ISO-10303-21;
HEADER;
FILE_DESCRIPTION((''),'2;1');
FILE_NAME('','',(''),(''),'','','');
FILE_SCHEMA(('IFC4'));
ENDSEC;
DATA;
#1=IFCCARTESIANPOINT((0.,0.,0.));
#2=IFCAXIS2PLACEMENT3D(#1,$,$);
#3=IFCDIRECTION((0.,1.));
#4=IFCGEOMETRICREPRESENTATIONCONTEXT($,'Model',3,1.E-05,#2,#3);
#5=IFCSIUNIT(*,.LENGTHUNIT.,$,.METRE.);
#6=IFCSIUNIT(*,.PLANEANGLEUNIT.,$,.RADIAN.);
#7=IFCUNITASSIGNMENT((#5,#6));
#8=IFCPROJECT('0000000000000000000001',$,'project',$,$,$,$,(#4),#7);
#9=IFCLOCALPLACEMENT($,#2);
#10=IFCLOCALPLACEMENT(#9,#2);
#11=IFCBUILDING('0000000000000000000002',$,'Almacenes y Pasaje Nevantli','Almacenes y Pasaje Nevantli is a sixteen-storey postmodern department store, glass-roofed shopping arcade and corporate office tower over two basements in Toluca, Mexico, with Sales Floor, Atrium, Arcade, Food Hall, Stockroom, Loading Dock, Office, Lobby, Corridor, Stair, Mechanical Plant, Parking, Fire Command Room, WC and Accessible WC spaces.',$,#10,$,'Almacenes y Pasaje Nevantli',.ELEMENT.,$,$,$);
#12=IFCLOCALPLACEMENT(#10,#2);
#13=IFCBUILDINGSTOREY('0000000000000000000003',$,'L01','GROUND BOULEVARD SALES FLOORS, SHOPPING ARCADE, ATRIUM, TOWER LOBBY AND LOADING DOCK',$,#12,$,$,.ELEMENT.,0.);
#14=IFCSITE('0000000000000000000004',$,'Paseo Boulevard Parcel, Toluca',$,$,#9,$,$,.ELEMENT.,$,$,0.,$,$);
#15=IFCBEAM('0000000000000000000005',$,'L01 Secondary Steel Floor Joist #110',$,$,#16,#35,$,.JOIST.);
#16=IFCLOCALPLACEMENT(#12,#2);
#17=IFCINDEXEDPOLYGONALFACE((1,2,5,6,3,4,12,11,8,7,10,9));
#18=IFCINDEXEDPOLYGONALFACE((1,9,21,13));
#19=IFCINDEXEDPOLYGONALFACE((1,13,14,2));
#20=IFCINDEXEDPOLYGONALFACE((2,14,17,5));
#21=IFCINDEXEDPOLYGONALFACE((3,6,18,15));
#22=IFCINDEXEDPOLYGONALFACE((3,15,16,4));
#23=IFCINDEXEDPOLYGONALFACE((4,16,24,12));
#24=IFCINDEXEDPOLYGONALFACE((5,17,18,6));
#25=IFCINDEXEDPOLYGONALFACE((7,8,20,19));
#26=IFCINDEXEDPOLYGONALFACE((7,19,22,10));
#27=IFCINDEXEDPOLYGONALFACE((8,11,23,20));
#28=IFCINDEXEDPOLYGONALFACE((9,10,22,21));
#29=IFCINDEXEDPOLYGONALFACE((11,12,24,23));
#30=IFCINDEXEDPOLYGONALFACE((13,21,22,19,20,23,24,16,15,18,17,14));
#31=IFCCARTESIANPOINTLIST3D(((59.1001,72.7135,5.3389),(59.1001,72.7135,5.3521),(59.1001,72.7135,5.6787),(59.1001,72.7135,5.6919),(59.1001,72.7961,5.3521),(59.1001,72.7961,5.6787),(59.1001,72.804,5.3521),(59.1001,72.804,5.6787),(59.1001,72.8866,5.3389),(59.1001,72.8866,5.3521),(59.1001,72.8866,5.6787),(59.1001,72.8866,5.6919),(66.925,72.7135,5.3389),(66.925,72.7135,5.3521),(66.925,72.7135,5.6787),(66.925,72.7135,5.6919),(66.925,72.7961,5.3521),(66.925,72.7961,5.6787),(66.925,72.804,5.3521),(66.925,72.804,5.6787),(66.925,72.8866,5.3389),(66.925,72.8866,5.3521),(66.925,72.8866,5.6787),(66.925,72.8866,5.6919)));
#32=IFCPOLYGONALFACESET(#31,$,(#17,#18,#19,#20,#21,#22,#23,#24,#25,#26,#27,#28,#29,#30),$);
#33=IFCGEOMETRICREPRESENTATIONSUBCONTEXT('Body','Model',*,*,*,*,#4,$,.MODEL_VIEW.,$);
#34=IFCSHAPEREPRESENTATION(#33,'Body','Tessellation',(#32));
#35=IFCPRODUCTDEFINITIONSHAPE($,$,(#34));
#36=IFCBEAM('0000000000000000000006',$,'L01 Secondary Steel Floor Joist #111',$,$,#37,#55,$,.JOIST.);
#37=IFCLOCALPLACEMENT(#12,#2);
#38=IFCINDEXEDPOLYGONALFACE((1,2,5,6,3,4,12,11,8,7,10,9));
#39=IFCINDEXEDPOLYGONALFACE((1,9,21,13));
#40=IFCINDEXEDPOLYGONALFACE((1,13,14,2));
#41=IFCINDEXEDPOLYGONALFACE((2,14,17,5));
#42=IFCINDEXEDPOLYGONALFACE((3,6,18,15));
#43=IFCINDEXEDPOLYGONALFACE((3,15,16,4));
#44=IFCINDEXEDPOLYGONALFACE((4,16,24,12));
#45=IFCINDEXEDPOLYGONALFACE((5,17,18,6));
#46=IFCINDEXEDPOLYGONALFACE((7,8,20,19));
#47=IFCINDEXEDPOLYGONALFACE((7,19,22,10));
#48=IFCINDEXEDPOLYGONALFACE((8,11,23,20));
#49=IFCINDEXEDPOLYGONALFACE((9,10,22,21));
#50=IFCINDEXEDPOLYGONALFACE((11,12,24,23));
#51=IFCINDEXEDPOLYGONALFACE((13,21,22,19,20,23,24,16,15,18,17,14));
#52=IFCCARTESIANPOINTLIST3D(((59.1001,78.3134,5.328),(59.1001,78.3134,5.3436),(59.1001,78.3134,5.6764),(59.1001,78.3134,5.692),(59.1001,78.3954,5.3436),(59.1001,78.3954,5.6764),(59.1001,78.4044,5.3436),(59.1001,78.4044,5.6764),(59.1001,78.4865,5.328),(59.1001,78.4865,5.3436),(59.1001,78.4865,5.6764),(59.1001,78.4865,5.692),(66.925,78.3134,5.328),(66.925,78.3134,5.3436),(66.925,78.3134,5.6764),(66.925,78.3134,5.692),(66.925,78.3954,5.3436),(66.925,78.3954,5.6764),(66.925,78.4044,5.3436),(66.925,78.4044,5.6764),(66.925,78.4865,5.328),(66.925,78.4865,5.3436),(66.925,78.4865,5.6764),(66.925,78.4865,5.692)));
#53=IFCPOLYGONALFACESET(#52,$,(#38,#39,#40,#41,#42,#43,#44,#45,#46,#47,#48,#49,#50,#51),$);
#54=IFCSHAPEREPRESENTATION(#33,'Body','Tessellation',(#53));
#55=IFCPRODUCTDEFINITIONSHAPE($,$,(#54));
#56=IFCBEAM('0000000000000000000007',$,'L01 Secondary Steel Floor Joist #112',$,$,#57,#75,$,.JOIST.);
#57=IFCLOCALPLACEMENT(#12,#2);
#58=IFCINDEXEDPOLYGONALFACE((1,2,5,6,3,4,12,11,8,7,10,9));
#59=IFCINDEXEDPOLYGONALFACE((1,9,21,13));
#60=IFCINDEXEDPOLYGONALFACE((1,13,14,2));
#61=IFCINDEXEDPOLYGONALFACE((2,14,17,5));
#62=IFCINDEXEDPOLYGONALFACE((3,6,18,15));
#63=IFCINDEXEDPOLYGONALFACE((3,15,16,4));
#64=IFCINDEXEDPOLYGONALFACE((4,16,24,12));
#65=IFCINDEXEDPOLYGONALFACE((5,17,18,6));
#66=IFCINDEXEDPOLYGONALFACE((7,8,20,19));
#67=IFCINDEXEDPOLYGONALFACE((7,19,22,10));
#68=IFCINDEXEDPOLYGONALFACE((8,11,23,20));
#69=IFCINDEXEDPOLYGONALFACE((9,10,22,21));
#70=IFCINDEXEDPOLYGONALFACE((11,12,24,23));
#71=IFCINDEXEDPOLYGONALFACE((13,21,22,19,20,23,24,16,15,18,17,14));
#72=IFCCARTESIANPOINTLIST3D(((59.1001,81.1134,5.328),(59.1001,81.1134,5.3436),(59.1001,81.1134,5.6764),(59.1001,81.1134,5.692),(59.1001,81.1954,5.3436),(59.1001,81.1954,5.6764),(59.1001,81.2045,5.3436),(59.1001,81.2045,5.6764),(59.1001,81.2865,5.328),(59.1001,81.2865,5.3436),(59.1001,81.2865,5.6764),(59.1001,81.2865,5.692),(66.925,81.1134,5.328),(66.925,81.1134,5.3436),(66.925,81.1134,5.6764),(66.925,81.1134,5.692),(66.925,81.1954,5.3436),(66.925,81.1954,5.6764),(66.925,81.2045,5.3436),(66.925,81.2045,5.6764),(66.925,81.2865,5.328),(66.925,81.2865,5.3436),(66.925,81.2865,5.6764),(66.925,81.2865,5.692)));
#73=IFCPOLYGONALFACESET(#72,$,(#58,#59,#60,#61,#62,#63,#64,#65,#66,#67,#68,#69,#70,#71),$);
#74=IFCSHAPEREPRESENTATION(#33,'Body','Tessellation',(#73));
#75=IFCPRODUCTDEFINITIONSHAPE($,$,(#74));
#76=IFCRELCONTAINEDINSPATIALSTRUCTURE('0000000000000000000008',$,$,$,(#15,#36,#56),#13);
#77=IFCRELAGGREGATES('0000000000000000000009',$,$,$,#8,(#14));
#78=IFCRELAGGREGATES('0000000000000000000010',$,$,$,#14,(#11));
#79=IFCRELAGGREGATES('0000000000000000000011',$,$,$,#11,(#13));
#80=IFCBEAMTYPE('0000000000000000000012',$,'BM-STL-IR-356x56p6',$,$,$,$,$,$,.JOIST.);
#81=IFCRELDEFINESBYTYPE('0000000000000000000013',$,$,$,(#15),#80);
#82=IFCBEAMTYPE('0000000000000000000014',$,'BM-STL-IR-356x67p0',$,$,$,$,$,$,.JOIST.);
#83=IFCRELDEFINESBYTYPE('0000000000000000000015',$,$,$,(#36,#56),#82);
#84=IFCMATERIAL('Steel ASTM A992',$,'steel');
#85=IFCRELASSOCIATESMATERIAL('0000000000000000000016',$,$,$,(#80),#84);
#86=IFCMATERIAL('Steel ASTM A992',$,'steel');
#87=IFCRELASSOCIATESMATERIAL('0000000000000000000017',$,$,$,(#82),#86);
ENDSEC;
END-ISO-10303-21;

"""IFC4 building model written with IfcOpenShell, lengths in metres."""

from ifc_helpers import new_model, si_unit, direction, frame, origin, origin_2d, place, context, subcontext, project, spatial, i_section, extrude, material, material_profile, profile_set, type_object, element, save


model = new_model("IFC4")

# Units and contexts
model_context = context("Model", 3, precision=1e-05, world=origin(), true_north=direction((0.0, 1.0)))
body_context = subcontext(model_context, "Body", "Model", "MODEL_VIEW")
ifc_project = project(units=[si_unit("LENGTHUNIT", "METRE"), si_unit("PLANEANGLEUNIT", "RADIAN")], contexts=[model_context])

# Site, building, storey
site_placement = place(None, origin())
site = spatial("IfcSite", under=ifc_project, at=site_placement, Name="Paseo Boulevard Parcel, Toluca", CompositionType="ELEMENT", RefElevation=0.0)
building_placement = place(site_placement, origin())
building = spatial("IfcBuilding", under=site, at=building_placement, Name="Almacenes y Pasaje Nevantli", Description="Almacenes y Pasaje Nevantli is a sixteen-storey postmodern department store, glass-roofed shopping arcade and corporate office tower over two basements in Toluca, Mexico, with Sales Floor, Atrium, Arcade, Food Hall, Stockroom, Loading Dock, Office, Lobby, Corridor, Stair, Mechanical Plant, Parking, Fire Command Room, WC and Accessible WC spaces.", LongName="Almacenes y Pasaje Nevantli", CompositionType="ELEMENT")
storey_placement = place(building_placement, origin())
storey = spatial("IfcBuildingStorey", under=building, at=storey_placement, Name="L01", Description="GROUND BOULEVARD SALES FLOORS, SHOPPING ARCADE, ATRIUM, TOWER LOBBY AND LOADING DOCK", CompositionType="ELEMENT", Elevation=0.0)

# Beams
ifc_material_1 = material(Name="Steel ASTM A992", Category="steel")
ifc_material_profile_1 = material_profile(ifc_material_1, i_section(OverallWidth=0.1731, OverallDepth=0.353, WebThickness=0.0078, FlangeThickness=0.0132, at=origin_2d()), Name="IR 356x56.6")
ifc_profile_set_1 = profile_set([ifc_material_profile_1], Name="Steel ASTM A992")
beam_type_1 = type_object("IfcBeamType", Name="BM-STL-IR-356x56p6", PredefinedType="JOIST", material=ifc_profile_set_1)
for number, where, z_axis, x_axis, name in (
    (1, (59.1001, 72.8, 5.5154), (1.0, 0.0, 0.0), (0.0, 1.0, 0.0), "L01 Secondary Steel Floor Joist #110"),
):
    element("IfcBeam", number, at=place(storey_placement, frame(where, z_axis=z_axis, x_axis=x_axis)), inside=storey, type_object=beam_type_1, Name=name, PredefinedType="JOIST", context=body_context, shape_type="SweptSolid", body=[
        extrude(i_section(OverallWidth=0.1731, OverallDepth=0.353, WebThickness=0.0078, FlangeThickness=0.0132, at=origin_2d()), origin(), (0.0, 0.0, 1.0), 7.825),
    ])
ifc_material_2 = material(Name="Steel ASTM A992", Category="steel")
ifc_material_profile_2 = material_profile(ifc_material_2, i_section(OverallWidth=0.1731, OverallDepth=0.364, WebThickness=0.009, FlangeThickness=0.0156, at=origin_2d()), Name="IR 356x67.0")
ifc_profile_set_2 = profile_set([ifc_material_profile_2], Name="Steel ASTM A992")
beam_type_2 = type_object("IfcBeamType", Name="BM-STL-IR-356x67p0", PredefinedType="JOIST", material=ifc_profile_set_2)
for number, where, z_axis, x_axis, name in (
    (2, (59.1001, 78.3999, 5.51), (1.0, 0.0, 0.0), (0.0, 1.0, 0.0), "L01 Secondary Steel Floor Joist #111"),
    (3, (59.1001, 81.2, 5.51), (1.0, 0.0, 0.0), (0.0, 1.0, 0.0), "L01 Secondary Steel Floor Joist #112"),
):
    element("IfcBeam", number, at=place(storey_placement, frame(where, z_axis=z_axis, x_axis=x_axis)), inside=storey, type_object=beam_type_2, Name=name, PredefinedType="JOIST", context=body_context, shape_type="SweptSolid", body=[
        extrude(i_section(OverallWidth=0.1731, OverallDepth=0.364, WebThickness=0.009, FlangeThickness=0.0156, at=origin_2d()), origin(), (0.0, 0.0, 1.0), 7.825),
    ])

save(model, "model.ifc")
